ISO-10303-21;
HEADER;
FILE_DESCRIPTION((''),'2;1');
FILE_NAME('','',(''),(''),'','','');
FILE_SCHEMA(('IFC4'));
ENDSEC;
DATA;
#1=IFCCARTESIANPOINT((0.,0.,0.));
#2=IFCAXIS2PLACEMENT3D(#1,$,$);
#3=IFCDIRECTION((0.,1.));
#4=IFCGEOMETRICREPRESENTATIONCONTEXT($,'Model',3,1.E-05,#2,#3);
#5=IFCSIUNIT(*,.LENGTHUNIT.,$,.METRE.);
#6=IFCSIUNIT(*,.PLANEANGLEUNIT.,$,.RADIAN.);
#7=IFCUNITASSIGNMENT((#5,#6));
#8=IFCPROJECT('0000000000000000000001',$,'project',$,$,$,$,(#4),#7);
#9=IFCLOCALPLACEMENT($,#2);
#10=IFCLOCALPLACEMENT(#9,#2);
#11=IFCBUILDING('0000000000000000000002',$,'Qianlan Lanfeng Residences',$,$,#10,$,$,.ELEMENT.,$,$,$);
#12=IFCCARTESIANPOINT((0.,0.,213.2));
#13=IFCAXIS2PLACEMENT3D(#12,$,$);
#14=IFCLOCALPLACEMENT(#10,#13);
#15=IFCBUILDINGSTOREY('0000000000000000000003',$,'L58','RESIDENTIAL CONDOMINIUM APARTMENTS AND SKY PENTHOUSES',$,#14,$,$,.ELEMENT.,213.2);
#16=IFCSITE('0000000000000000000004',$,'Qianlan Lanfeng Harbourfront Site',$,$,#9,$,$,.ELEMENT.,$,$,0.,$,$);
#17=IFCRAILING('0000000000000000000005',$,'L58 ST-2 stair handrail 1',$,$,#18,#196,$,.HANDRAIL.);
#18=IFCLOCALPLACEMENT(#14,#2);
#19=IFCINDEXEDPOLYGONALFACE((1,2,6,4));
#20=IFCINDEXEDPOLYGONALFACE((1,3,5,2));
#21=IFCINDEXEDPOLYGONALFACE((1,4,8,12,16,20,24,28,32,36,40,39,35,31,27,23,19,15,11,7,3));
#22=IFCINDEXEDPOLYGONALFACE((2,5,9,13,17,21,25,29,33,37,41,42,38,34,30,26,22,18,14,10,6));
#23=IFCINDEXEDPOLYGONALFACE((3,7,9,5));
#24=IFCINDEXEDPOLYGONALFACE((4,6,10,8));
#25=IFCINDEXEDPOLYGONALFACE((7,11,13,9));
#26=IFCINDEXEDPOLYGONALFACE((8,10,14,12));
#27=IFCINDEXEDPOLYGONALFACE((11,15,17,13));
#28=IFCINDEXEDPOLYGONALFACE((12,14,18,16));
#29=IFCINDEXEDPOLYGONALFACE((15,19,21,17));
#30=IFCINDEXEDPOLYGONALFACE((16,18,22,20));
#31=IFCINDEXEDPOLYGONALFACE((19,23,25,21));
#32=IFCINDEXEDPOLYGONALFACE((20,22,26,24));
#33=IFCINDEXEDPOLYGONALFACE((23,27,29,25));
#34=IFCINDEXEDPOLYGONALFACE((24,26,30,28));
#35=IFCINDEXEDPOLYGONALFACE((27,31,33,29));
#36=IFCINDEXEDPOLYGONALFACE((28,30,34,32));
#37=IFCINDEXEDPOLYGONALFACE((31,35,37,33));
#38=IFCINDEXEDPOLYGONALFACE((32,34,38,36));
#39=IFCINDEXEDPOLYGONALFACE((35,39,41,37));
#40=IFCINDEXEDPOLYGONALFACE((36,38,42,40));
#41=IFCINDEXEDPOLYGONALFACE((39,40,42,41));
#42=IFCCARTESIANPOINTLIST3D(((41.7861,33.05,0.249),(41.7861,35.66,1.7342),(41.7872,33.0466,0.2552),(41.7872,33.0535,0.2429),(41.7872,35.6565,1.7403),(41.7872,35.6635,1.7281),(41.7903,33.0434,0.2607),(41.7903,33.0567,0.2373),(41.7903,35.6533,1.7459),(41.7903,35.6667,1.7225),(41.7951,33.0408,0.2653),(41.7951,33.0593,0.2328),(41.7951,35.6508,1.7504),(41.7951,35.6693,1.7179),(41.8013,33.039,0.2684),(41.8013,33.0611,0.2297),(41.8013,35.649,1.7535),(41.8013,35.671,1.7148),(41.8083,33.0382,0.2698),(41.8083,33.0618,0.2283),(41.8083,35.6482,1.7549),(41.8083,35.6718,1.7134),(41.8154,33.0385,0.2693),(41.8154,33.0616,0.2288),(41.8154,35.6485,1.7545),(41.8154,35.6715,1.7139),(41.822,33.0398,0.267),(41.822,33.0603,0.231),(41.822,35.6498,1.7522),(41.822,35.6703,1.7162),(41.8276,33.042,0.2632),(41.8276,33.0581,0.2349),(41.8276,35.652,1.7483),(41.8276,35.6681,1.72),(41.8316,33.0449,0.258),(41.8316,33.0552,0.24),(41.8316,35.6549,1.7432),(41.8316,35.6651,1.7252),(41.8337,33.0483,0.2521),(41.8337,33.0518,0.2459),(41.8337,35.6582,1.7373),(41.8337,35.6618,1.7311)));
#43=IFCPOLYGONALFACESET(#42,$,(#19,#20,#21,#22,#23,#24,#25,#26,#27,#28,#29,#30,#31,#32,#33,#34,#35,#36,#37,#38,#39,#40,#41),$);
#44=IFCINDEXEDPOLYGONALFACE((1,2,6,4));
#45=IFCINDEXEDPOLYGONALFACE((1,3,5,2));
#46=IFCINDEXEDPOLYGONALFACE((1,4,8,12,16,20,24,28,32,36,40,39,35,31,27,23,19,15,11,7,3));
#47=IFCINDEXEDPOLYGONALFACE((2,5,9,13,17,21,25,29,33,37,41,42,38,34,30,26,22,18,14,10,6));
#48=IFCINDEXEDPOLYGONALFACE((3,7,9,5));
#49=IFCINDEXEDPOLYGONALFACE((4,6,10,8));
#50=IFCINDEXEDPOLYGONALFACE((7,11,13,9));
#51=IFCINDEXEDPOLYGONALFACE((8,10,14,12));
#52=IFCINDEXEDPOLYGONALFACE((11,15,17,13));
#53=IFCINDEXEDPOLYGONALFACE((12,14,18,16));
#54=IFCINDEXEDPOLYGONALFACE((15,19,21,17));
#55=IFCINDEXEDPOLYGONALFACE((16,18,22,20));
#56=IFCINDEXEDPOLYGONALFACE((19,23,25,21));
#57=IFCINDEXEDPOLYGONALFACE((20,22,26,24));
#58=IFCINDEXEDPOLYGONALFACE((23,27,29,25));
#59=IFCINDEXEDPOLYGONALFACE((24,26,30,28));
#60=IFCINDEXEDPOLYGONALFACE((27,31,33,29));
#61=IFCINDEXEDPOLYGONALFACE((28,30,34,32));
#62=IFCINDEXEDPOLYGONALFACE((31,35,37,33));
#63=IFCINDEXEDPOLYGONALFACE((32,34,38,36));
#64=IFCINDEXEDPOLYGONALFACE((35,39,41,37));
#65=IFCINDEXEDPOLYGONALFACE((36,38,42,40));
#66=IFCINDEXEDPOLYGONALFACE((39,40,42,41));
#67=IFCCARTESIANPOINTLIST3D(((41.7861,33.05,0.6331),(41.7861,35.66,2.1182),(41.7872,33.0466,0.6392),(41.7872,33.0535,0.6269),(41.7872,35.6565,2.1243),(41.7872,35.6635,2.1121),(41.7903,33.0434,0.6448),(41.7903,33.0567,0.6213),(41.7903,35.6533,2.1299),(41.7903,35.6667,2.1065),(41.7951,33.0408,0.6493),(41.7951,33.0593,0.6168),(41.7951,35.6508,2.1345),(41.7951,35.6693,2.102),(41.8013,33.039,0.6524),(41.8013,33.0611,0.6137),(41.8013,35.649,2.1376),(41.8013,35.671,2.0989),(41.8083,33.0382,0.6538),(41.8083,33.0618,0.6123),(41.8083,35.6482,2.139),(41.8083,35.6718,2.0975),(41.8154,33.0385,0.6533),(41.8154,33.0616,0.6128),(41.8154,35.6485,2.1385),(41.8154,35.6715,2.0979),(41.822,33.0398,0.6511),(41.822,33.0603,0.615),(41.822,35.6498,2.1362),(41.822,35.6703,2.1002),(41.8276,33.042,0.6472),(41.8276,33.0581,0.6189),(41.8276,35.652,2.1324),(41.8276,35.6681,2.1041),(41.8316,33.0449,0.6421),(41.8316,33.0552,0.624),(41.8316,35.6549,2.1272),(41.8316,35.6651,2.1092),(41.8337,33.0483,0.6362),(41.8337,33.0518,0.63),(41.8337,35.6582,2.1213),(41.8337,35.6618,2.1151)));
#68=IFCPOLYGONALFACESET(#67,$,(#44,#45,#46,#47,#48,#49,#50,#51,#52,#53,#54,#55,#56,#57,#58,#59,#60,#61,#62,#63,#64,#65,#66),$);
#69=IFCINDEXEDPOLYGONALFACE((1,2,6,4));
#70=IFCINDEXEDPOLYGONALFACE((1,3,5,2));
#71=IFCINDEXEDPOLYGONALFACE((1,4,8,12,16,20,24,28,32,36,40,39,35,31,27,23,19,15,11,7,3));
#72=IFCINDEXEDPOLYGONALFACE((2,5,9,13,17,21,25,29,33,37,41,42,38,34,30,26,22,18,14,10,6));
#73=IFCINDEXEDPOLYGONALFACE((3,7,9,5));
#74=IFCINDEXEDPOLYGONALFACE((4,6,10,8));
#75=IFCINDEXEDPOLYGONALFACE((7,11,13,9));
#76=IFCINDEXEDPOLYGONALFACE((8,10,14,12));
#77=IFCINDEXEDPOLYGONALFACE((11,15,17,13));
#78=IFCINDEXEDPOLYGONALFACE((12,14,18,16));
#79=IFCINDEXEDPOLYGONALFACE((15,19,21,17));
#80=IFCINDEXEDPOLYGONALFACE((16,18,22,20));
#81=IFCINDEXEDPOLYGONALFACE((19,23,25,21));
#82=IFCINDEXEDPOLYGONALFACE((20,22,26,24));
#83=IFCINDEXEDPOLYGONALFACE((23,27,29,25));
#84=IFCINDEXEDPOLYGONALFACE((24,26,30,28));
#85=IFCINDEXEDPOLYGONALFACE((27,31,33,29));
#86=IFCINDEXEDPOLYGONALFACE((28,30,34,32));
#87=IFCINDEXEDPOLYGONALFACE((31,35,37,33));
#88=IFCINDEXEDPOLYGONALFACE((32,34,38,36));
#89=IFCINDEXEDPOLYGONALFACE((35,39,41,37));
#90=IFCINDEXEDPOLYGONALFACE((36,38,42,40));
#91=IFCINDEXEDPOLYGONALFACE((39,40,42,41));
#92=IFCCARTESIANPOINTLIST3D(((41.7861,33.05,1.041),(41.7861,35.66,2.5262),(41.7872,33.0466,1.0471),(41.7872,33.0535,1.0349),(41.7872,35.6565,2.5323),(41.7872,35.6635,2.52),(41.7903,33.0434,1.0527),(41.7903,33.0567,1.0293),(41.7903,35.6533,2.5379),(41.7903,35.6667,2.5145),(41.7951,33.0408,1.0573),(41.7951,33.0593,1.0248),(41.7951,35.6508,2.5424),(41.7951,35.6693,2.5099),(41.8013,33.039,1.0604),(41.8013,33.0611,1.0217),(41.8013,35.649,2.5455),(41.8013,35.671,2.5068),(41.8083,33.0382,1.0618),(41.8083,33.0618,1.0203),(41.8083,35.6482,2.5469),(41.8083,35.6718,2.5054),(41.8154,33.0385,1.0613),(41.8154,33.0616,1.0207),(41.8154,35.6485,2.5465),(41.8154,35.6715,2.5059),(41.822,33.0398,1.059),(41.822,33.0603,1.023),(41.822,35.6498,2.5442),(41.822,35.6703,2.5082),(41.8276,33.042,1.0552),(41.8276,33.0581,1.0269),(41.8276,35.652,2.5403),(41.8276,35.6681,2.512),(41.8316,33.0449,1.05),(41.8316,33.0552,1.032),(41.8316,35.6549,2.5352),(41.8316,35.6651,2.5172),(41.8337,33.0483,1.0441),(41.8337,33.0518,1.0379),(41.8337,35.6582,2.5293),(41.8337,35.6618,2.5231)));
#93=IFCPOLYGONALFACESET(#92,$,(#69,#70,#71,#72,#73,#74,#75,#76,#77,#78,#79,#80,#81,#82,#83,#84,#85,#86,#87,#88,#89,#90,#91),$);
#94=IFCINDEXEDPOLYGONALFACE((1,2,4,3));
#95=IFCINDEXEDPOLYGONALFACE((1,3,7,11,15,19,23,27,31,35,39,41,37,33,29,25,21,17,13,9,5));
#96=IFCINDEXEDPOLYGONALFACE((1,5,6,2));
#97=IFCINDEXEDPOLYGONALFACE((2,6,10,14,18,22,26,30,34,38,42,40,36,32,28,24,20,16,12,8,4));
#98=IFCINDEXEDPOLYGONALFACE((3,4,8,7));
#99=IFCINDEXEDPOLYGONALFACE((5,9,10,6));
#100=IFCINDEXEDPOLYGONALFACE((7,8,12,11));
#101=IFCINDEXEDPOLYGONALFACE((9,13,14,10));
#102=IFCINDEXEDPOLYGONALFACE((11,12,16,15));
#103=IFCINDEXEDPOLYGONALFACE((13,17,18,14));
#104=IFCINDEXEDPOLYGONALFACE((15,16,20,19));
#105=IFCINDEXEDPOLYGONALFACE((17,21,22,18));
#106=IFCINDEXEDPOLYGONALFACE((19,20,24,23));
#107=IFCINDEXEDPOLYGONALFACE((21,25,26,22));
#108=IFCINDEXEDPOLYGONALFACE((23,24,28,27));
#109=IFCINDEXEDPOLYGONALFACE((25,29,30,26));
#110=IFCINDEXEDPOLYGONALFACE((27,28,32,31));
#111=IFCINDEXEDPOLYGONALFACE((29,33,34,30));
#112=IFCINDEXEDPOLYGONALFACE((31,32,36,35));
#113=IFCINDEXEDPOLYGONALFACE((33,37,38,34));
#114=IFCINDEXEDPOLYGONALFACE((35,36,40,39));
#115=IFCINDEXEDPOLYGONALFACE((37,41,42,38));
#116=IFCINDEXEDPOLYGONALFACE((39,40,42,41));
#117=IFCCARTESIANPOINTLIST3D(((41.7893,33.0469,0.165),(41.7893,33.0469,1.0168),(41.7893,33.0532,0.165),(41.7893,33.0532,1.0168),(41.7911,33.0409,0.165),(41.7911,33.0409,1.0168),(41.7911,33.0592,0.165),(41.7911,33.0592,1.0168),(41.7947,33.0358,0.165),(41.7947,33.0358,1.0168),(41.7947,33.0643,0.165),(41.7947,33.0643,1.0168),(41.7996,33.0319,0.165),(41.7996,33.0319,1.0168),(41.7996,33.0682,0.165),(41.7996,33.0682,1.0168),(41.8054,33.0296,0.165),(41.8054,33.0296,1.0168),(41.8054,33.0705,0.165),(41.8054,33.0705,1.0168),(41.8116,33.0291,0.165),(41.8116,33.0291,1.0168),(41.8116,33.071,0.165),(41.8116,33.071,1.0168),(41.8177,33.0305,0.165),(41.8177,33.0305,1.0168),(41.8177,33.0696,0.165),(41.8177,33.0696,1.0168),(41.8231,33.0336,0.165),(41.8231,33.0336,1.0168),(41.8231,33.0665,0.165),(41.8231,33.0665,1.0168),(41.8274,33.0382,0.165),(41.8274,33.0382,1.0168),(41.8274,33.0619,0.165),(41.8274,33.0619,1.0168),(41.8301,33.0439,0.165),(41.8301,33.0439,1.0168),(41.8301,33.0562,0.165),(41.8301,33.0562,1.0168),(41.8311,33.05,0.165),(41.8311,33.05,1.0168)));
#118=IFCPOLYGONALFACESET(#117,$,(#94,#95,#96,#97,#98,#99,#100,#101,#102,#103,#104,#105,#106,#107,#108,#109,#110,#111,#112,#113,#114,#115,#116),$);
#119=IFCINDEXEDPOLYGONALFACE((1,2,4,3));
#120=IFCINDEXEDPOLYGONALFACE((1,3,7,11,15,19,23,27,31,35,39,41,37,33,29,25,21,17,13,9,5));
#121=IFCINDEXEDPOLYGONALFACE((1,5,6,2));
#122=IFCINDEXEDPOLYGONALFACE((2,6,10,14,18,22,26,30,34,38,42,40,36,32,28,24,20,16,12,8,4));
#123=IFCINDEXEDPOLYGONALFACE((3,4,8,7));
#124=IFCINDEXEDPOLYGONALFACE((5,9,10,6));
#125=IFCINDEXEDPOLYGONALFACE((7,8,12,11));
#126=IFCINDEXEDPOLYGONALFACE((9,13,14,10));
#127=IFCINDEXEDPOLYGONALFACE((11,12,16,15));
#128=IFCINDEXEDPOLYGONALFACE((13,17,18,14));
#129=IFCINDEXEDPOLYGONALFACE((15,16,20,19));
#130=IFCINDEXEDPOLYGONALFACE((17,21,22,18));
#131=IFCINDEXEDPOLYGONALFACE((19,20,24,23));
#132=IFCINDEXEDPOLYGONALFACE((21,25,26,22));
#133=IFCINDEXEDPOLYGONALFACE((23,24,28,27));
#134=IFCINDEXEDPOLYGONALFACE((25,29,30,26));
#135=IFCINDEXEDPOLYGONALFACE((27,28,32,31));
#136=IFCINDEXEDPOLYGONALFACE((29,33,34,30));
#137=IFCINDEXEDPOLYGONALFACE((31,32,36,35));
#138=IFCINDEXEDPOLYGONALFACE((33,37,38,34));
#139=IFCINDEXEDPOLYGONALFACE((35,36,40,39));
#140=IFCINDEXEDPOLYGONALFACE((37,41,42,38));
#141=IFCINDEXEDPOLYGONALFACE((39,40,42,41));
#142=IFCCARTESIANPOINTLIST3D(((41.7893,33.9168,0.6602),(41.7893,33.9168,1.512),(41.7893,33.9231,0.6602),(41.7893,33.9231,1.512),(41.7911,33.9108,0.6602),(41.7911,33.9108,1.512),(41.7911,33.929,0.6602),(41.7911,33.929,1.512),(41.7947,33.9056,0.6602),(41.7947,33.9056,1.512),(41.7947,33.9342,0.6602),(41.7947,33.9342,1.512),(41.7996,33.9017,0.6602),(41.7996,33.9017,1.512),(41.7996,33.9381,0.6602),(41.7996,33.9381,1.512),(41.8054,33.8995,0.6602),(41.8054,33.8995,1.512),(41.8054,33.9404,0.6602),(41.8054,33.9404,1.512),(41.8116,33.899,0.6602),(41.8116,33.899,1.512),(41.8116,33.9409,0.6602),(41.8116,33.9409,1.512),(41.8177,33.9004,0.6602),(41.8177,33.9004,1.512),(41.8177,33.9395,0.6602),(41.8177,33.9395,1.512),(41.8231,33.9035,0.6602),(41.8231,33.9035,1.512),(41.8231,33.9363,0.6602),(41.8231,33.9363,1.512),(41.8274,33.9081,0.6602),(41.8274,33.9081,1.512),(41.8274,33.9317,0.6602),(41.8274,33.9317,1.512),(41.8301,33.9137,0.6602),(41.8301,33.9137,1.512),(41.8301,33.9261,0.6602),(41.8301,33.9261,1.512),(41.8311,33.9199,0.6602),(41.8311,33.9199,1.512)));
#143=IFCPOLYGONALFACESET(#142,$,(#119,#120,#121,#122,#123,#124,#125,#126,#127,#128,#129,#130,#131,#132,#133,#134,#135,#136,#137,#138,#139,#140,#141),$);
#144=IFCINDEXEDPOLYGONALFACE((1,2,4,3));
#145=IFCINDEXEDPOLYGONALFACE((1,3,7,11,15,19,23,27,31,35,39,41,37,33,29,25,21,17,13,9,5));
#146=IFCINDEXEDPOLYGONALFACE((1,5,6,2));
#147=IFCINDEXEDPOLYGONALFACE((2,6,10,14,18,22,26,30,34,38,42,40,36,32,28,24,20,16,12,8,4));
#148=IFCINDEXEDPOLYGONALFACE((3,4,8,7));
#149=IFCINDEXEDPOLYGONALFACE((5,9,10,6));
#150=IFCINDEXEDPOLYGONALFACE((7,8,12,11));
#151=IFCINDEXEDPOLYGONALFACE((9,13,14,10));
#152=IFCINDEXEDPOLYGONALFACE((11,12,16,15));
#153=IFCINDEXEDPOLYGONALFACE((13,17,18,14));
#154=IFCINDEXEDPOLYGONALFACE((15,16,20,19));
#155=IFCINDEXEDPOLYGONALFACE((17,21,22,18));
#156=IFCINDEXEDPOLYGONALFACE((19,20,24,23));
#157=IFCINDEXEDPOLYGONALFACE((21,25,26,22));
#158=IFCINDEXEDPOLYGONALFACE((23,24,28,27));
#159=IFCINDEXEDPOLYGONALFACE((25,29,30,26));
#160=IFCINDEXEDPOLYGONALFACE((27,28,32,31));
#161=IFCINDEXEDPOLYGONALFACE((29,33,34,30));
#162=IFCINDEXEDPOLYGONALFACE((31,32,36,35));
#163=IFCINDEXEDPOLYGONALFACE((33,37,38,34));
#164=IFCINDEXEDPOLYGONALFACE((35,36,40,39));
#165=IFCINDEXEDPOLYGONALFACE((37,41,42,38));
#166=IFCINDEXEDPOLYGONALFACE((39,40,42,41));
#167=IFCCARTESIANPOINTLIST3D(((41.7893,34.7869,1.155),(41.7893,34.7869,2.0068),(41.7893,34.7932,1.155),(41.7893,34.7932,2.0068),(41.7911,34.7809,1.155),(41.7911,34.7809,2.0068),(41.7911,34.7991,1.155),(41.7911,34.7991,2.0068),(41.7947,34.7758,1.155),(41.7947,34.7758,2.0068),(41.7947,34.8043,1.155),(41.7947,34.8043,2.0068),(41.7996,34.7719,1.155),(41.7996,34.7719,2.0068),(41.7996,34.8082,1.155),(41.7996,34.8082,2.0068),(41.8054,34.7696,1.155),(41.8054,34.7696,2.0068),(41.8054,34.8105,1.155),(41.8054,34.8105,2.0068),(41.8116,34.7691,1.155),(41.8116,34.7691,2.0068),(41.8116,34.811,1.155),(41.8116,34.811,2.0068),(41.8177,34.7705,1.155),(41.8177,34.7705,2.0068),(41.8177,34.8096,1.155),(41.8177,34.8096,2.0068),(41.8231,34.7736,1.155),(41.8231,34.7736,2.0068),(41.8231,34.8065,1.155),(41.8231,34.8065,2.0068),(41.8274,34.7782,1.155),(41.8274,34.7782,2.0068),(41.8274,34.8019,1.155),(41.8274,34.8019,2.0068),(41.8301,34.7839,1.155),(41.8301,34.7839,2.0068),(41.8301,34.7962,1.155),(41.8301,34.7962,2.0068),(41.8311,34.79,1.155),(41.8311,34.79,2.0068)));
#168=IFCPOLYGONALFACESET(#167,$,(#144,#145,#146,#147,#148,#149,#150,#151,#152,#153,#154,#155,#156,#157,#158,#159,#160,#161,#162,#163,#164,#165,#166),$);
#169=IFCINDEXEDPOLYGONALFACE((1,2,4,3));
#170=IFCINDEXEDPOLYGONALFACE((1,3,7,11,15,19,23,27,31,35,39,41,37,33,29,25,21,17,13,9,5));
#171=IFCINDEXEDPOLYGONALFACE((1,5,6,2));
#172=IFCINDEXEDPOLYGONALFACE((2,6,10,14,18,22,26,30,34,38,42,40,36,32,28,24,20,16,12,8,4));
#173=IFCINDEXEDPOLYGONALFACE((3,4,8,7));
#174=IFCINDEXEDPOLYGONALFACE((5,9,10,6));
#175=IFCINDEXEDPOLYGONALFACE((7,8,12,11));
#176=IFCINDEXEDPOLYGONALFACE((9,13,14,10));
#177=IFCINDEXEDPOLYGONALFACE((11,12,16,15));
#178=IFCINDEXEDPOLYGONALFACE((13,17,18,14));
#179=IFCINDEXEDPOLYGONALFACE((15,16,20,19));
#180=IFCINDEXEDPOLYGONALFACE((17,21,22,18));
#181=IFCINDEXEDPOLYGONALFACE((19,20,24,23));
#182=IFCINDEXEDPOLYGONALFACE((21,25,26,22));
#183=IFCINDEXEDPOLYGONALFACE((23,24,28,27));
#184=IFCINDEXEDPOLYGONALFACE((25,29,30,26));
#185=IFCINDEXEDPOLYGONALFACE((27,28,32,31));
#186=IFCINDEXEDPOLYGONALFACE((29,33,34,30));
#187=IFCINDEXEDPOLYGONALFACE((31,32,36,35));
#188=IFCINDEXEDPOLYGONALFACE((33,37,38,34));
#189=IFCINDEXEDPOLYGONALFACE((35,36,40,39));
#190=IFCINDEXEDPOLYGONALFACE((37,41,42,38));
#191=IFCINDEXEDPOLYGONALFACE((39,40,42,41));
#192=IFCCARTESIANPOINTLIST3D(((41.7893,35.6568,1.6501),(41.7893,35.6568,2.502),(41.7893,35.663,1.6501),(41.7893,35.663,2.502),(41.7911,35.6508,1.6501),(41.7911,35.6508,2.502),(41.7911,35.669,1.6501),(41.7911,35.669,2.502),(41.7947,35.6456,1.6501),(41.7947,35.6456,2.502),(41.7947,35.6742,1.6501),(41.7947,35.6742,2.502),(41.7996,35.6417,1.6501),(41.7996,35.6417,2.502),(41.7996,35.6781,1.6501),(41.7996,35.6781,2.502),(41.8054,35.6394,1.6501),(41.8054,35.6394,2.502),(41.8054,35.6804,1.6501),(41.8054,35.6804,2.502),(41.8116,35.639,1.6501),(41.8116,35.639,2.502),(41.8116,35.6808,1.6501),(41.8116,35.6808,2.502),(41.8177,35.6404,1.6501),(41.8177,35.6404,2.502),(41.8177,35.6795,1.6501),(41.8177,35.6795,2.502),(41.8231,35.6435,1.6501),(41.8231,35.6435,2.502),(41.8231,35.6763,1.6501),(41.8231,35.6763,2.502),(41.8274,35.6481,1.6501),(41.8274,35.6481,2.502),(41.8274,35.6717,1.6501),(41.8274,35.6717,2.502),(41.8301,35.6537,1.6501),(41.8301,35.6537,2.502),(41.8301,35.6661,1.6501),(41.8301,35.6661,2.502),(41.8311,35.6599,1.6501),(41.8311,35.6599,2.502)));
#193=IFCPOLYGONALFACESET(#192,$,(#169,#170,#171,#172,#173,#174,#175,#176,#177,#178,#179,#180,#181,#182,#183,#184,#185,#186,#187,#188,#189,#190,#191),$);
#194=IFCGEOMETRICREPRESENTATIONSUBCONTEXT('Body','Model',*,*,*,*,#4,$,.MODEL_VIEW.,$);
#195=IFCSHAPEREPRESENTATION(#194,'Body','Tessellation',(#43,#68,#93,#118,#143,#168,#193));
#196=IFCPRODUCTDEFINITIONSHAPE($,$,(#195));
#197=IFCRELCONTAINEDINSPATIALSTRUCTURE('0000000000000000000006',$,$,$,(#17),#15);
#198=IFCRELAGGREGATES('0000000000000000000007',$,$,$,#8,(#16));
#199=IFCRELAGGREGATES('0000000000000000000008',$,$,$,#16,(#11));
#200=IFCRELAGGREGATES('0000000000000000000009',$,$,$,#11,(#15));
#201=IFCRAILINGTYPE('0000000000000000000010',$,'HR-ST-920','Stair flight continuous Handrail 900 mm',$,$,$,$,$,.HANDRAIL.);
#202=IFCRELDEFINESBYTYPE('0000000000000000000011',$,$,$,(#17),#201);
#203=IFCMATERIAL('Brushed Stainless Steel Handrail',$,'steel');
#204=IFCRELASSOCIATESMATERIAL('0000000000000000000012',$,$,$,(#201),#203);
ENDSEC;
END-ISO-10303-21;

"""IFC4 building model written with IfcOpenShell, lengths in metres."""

from ifc_helpers import new_model, si_unit, direction, frame, origin, origin_2d, place, context, subcontext, project, spatial, circle, extrude, material, type_object, element, save


model = new_model("IFC4")

# Units and contexts
model_context = context("Model", 3, precision=1e-05, world=origin(), true_north=direction((0.0, 1.0)))
body_context = subcontext(model_context, "Body", "Model", "MODEL_VIEW")
ifc_project = project(units=[si_unit("LENGTHUNIT", "METRE"), si_unit("PLANEANGLEUNIT", "RADIAN")], contexts=[model_context])

# Site, building, storey
site_placement = place(None, origin())
site = spatial("IfcSite", under=ifc_project, at=site_placement, Name="Qianlan Lanfeng Harbourfront Site", CompositionType="ELEMENT", RefElevation=0.0)
building_placement = place(site_placement, origin())
building = spatial("IfcBuilding", under=site, at=building_placement, Name="Qianlan Lanfeng Residences", CompositionType="ELEMENT")
storey_placement = place(building_placement, frame((0.0, 0.0, 213.2)))
storey = spatial("IfcBuildingStorey", under=building, at=storey_placement, Name="L58", Description="RESIDENTIAL CONDOMINIUM APARTMENTS AND SKY PENTHOUSES", CompositionType="ELEMENT", Elevation=213.2)

# Railing
ifc_material_1 = material(Name="Brushed Stainless Steel Handrail", Category="steel")
railing_type_1 = type_object("IfcRailingType", Name="HR-ST-920", Description="Stair flight continuous Handrail 900 mm", PredefinedType="HANDRAIL", material=ifc_material_1)
railing_1_placement = place(storey_placement, frame((41.8101, 33.05, 0.165)))
element("IfcRailing", 1, at=railing_1_placement, inside=storey, type_object=railing_type_1, Name="L58 ST-2 stair handrail 1", PredefinedType="HANDRAIL", context=body_context, shape_type="SweptSolid", body=[
    extrude(circle(Radius=0.0239, at=origin_2d()), frame((0.0, 0.0, 0.084), z_axis=(0.0, 0.869137, 0.494571), x_axis=(-1.0, 0.0, 0.0)), (0.0, 0.0, 1.0), 3.0029),
    extrude(circle(Radius=0.0239, at=origin_2d()), frame((0.0, 0.0, 0.468), z_axis=(0.0, 0.869137, 0.494571), x_axis=(-1.0, 0.0, 0.0)), (0.0, 0.0, 1.0), 3.0029),
    extrude(circle(Radius=0.0239, at=origin_2d()), frame((0.0, 0.0, 0.876), z_axis=(0.0, 0.869137, 0.494571), x_axis=(-1.0, 0.0, 0.0)), (0.0, 0.0, 1.0), 3.0029),
    extrude(circle(Radius=0.021, at=origin_2d()), origin(), (0.0, 0.0, 1.0), 0.8518),
    extrude(circle(Radius=0.021, at=origin_2d()), frame((0.0, 0.8699, 0.4951)), (0.0, 0.0, 1.0), 0.8518),
    extrude(circle(Radius=0.021, at=origin_2d()), frame((0.0, 1.74, 0.99)), (0.0, 0.0, 1.0), 0.8518),
    extrude(circle(Radius=0.021, at=origin_2d()), frame((0.0, 2.6099, 1.4851)), (0.0, 0.0, 1.0), 0.8518),
])

save(model, "model.ifc")
